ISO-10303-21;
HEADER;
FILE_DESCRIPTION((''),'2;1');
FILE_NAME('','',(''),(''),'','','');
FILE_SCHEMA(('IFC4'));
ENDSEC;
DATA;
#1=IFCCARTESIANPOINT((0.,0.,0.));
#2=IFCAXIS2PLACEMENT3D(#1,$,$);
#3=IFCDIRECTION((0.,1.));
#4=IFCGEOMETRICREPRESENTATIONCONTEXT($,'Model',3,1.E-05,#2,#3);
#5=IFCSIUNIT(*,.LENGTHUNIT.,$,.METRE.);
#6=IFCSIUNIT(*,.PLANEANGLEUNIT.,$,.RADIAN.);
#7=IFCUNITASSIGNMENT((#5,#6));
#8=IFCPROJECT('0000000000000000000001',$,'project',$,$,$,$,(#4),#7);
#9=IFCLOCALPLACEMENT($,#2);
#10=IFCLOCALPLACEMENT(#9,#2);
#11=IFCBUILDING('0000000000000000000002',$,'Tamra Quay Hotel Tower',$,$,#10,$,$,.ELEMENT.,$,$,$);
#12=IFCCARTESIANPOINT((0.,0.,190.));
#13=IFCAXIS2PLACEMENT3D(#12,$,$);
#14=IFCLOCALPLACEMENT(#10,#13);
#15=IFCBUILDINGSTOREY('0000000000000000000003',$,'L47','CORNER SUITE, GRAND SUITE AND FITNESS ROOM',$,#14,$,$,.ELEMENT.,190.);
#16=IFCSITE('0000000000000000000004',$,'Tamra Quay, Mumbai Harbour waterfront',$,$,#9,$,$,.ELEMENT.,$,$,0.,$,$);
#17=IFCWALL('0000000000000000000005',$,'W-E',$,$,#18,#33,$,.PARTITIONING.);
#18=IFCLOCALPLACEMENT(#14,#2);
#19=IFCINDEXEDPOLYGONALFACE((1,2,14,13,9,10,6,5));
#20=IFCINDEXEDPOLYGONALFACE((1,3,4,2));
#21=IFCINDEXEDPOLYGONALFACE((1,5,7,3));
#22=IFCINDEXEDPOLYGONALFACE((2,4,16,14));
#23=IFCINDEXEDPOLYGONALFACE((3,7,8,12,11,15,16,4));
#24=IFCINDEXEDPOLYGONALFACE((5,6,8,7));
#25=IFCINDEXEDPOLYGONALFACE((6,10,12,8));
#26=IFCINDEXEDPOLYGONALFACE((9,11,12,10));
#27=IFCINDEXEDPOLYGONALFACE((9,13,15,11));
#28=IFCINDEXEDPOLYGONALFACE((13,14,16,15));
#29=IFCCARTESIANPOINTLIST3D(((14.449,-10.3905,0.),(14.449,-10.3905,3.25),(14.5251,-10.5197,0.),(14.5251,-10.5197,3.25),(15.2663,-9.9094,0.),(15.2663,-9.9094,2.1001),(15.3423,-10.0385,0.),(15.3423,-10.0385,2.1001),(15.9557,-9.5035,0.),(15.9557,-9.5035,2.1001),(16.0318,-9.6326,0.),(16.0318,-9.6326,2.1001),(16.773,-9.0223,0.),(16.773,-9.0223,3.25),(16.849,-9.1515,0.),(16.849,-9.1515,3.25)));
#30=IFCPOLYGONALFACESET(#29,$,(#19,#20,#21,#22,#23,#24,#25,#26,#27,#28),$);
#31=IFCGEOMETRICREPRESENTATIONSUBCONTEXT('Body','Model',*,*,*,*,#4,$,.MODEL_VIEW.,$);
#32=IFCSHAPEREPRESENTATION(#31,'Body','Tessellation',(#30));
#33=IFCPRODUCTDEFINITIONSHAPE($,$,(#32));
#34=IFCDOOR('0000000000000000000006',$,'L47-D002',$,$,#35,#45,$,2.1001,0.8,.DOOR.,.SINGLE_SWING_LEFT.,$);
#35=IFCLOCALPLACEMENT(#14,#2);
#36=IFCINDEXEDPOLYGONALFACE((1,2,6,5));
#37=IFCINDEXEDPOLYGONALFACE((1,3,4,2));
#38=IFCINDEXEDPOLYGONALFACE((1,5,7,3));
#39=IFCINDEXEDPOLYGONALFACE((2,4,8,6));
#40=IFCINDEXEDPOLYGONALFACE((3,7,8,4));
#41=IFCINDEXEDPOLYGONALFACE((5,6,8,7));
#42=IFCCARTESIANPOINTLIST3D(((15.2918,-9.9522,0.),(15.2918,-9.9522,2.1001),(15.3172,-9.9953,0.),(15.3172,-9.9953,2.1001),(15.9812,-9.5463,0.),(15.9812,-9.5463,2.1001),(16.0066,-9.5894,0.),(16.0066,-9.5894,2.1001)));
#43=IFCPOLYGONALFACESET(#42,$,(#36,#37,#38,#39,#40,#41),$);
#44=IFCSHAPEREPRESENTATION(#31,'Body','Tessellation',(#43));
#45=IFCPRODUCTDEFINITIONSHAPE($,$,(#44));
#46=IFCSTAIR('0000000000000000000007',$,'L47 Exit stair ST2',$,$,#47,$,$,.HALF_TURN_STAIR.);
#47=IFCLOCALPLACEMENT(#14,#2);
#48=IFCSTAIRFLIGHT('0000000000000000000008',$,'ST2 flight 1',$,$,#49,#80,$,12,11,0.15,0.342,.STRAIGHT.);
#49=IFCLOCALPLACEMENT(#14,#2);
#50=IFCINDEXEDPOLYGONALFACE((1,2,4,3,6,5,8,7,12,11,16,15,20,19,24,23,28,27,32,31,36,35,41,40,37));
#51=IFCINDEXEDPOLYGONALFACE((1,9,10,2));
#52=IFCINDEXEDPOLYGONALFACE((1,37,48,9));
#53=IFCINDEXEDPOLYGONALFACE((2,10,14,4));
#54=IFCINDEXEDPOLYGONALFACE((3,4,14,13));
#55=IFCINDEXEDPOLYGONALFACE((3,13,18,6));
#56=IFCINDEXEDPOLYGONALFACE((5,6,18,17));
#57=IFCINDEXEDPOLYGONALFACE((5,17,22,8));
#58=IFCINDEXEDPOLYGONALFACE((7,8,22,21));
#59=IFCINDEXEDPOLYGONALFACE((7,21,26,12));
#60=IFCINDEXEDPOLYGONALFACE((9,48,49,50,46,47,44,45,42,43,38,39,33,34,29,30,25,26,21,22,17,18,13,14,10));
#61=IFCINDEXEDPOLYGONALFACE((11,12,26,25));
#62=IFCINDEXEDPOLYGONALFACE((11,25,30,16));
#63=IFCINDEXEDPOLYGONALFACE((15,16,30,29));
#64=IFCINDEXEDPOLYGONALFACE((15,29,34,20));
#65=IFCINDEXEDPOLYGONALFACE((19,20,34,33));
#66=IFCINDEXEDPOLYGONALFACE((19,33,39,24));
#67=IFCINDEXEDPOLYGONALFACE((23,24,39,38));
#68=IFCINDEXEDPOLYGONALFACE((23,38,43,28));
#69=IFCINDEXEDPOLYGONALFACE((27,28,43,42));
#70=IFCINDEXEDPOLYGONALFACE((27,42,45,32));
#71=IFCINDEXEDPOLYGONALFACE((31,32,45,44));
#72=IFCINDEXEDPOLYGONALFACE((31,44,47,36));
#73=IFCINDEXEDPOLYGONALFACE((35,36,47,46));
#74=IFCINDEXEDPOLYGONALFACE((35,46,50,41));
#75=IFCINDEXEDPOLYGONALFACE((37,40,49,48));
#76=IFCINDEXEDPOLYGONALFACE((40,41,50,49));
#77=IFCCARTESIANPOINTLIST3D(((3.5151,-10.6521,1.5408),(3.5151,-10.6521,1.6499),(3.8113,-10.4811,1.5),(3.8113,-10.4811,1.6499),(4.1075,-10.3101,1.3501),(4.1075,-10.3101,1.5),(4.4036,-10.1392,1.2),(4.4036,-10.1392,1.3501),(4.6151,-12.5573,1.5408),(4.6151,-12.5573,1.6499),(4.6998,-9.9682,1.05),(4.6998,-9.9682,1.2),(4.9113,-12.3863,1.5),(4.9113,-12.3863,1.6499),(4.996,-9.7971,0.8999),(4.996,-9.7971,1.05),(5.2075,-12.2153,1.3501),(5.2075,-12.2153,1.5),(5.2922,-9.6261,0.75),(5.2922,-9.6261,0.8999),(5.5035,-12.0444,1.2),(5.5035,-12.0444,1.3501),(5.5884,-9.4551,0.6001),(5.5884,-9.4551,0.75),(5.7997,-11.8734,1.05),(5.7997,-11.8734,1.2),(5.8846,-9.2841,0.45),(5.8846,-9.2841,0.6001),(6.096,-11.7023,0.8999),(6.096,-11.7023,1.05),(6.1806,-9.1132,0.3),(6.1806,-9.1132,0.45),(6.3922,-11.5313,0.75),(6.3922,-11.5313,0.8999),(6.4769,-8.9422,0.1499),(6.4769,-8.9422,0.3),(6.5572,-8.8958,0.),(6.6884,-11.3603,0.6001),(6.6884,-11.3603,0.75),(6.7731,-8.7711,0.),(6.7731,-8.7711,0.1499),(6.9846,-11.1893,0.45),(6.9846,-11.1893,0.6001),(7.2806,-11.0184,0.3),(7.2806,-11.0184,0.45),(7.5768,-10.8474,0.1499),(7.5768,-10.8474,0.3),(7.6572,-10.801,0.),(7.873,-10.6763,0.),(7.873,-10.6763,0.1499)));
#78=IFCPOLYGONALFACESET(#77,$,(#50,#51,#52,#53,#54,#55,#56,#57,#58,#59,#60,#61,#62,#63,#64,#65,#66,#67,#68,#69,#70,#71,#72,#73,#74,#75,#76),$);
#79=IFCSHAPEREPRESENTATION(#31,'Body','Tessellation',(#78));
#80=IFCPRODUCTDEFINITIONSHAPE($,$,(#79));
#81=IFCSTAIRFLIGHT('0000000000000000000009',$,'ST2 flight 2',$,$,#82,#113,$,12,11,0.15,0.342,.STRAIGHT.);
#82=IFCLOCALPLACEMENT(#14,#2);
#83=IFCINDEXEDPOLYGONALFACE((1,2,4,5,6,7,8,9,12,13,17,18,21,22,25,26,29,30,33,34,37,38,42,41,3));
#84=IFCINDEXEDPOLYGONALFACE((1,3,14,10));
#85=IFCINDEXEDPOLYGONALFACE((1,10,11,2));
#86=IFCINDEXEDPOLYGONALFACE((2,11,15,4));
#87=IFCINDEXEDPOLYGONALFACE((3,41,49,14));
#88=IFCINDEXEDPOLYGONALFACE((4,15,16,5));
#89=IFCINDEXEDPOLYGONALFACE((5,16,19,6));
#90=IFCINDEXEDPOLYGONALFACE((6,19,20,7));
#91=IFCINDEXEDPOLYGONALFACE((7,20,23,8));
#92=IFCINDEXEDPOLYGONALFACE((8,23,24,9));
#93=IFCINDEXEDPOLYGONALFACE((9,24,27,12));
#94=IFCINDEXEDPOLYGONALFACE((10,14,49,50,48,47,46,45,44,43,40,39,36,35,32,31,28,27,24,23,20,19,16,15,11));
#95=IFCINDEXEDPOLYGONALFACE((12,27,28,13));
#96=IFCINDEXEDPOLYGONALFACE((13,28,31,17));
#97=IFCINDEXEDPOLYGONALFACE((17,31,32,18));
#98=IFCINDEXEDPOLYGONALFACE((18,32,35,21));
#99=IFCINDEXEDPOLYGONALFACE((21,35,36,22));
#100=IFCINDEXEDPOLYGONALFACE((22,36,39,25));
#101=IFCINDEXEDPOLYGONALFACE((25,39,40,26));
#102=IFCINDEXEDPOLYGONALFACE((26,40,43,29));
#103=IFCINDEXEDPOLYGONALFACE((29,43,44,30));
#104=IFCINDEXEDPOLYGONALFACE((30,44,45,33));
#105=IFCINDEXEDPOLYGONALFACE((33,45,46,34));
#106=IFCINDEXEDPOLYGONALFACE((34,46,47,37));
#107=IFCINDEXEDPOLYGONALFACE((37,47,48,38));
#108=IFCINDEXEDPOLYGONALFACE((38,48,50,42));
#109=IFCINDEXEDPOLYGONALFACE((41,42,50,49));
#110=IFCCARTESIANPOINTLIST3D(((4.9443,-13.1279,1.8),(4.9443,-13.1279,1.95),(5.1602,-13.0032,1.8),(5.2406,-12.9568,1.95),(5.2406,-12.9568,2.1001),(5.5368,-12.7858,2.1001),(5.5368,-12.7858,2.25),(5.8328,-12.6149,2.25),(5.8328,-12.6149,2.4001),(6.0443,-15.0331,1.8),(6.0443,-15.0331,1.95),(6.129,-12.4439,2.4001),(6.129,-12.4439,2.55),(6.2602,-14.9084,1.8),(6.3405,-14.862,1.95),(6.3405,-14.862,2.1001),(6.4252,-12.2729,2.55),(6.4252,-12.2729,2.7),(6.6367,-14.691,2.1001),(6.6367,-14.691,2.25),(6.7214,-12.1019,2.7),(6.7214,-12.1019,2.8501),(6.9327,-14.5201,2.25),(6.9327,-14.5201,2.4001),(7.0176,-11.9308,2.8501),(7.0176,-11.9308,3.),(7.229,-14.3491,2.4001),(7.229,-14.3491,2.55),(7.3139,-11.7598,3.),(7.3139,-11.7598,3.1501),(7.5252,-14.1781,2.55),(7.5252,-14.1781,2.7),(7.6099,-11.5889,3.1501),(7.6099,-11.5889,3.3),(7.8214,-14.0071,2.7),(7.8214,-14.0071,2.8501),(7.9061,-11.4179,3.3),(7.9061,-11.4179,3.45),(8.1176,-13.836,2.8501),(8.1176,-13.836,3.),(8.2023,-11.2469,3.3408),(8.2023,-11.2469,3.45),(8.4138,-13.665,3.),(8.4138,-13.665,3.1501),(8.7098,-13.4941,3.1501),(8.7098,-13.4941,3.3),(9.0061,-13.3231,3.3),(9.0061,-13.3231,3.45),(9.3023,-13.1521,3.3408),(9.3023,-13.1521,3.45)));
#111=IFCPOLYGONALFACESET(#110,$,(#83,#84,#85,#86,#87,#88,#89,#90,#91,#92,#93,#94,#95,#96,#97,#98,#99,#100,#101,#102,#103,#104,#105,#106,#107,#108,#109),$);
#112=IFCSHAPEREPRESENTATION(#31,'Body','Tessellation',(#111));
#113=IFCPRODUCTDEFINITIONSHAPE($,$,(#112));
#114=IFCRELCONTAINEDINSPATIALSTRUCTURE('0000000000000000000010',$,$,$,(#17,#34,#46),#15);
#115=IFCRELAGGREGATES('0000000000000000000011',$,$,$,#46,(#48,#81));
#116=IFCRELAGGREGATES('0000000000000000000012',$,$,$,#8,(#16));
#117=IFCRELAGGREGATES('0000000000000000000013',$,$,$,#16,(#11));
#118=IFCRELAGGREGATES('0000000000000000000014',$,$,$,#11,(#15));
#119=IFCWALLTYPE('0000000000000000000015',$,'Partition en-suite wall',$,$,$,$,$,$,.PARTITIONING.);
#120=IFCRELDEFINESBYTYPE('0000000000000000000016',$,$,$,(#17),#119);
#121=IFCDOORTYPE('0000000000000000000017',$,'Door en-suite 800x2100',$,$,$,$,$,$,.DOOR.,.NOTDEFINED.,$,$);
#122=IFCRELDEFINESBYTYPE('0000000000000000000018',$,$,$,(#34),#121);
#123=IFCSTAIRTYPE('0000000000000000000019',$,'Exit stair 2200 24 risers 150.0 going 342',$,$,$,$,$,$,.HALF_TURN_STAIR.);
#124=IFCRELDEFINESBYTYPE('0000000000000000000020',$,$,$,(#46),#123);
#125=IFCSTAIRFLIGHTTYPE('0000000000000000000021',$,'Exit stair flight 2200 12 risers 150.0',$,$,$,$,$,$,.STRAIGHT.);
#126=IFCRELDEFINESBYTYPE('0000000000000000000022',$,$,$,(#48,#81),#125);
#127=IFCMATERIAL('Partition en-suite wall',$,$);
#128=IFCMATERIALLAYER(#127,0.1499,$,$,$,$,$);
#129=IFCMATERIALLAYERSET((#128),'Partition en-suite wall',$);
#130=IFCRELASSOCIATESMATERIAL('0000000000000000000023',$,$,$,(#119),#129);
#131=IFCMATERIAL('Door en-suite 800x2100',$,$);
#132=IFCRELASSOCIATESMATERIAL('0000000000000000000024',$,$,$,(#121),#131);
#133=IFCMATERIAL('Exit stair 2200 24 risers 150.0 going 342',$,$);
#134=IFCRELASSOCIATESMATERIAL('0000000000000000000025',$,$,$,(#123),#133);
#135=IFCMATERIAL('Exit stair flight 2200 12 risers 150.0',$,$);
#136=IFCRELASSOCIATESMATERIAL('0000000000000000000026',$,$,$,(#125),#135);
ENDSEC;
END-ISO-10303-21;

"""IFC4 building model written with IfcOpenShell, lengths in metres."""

from ifc_helpers import new_model, si_unit, direction, frame, frame_2d, origin, place, context, subcontext, project, spatial, polyline, rectangle, outline, extrude, material, layer, layer_set, type_object, element, fill, aggregate, save


model = new_model("IFC4")

# Units and contexts
model_context = context("Model", 3, precision=1e-05, world=origin(), true_north=direction((0.0, 1.0)))
body_context = subcontext(model_context, "Body", "Model", "MODEL_VIEW")
ifc_project = project(units=[si_unit("LENGTHUNIT", "METRE"), si_unit("PLANEANGLEUNIT", "RADIAN")], contexts=[model_context])

# Site, building, storey
site_placement = place(None, origin())
site = spatial("IfcSite", under=ifc_project, at=site_placement, Name="Tamra Quay, Mumbai Harbour waterfront", CompositionType="ELEMENT", RefElevation=0.0)
building_placement = place(site_placement, origin())
building = spatial("IfcBuilding", under=site, at=building_placement, Name="Tamra Quay Hotel Tower", CompositionType="ELEMENT")
storey_placement = place(building_placement, frame((0.0, 0.0, 190.0)))
storey = spatial("IfcBuildingStorey", under=building, at=storey_placement, Name="L47", Description="CORNER SUITE, GRAND SUITE AND FITNESS ROOM", CompositionType="ELEMENT", Elevation=190.0)

# Shared definitions
ifc_material_1 = material(Name="Partition en-suite wall")
ifc_layer_1 = layer(ifc_material_1, 0.1499)
ifc_layer_set_1 = layer_set([ifc_layer_1], Name="Partition en-suite wall")
wall_type_1 = type_object("IfcWallType", Name="Partition en-suite wall", PredefinedType="PARTITIONING", material=ifc_layer_set_1)

# Wall, opening, door
wall_1_placement = place(storey_placement, frame((14.4871, -10.4551, 0.0), z_axis=(0.0, 0.0, 1.0), x_axis=(0.861753, 0.507329, 0.0)))
wall_1 = element("IfcWall", 1, at=wall_1_placement, inside=storey, type_object=wall_type_1, Name="W-E", PredefinedType="PARTITIONING", context=body_context, shape_type="SweptSolid", body=[
    extrude(rectangle(XDim=2.6968, YDim=0.1499, at=frame_2d((1.3484, 0.0))), origin(), (0.0, 0.0, 1.0), 3.25),
])
opening_1_placement = place(wall_1_placement, frame((0.9485, 0.0, 0.0)))
opening_1 = element("IfcOpeningElement", 2, at=opening_1_placement, cuts=wall_1, PredefinedType="OPENING", context=body_context, shape_type="SweptSolid", body=[
    extrude(rectangle(XDim=0.8, YDim=2.1001, at=frame_2d((0.3999, 1.05))), frame((0.0, 0.085, 0.0), z_axis=(0.0, -1.0, 0.0), x_axis=(1.0, 0.0, 0.0)), (0.0, 0.0, 1.0), 0.1699),
])
ifc_material_2 = material(Name="Door en-suite 800x2100")
door_type_1 = type_object("IfcDoorType", Name="Door en-suite 800x2100", OperationType="NOTDEFINED", PredefinedType="DOOR", material=ifc_material_2)
door_1_placement = place(opening_1_placement, frame((0.8, 0.0, 0.0), z_axis=(0.0, 0.0, 1.0), x_axis=(-1.0, 0.0, 0.0)))
door_1 = element("IfcDoor", 3, at=door_1_placement, inside=storey, type_object=door_type_1, Name="L47-D002", OperationType="SINGLE_SWING_LEFT", OverallHeight=2.1001, OverallWidth=0.8, PredefinedType="DOOR", context=body_context, shape_type="SweptSolid", body=[
    extrude(rectangle(XDim=0.8, YDim=2.1001, at=frame_2d((0.3999, 1.05))), frame((0.0, 0.0249, 0.0), z_axis=(0.0, -1.0, 0.0), x_axis=(1.0, 0.0, 0.0)), (0.0, 0.0, 1.0), 0.05),
])
fill(opening_1, door_1)

# Stair, stair flights
ifc_material_3 = material(Name="Exit stair 2200 24 risers 150.0 going 342")
stair_type = type_object("IfcStairType", Name="Exit stair 2200 24 risers 150.0 going 342", PredefinedType="HALF_TURN_STAIR", material=ifc_material_3)
stair_placement = place(storey_placement, origin())
stair = element("IfcStair", 4, at=stair_placement, inside=storey, type_object=stair_type, Name="L47 Exit stair ST2", PredefinedType="HALF_TURN_STAIR")
ifc_material_4 = material(Name="Exit stair flight 2200 12 risers 150.0")
stair_flight_type = type_object("IfcStairFlightType", Name="Exit stair flight 2200 12 risers 150.0", PredefinedType="STRAIGHT", material=ifc_material_4)
stair_flight_1_placement = place(storey_placement, frame((7.323, -9.7236, 0.0), z_axis=(0.0, 0.0, 1.0), x_axis=(-0.866025, -0.5, 0.0)))
stair_flight_1 = element("IfcStairFlight", 5, at=stair_flight_1_placement, type_object=stair_flight_type, Name="ST2 flight 1", NumberOfRisers=12, NumberOfTreads=11, PredefinedType="STRAIGHT", RiserHeight=0.15, TreadLength=0.342, context=body_context, shape_type="SweptSolid", body=[
    extrude(outline(polyline([(0.0, 0.0), (0.0, 0.1499), (0.342, 0.1499), (0.342, 0.3), (0.6841, 0.3), (0.6841, 0.45), (1.0259, 0.45), (1.0259, 0.6001), (1.3679, 0.6001), (1.3679, 0.75), (1.71, 0.75), (1.71, 0.8999), (2.052, 0.8999), (2.052, 1.05), (2.394, 1.05), (2.394, 1.2), (2.7361, 1.2), (2.7361, 1.3501), (3.0779, 1.3501), (3.0779, 1.5), (3.4199, 1.5), (3.4199, 1.6499), (3.762, 1.6499), (3.762, 1.8), (3.762, 1.5408), (0.2493, 0.0), (0.0, 0.0)])), frame((0.0, 1.1001, 0.0), z_axis=(0.0, -1.0, 0.0), x_axis=(1.0, 0.0, 0.0)), (0.0, 0.0, 1.0), 2.2),
])
stair_flight_2_placement = place(storey_placement, frame((5.4944, -14.0806, 1.8), z_axis=(0.0, 0.0, 1.0), x_axis=(0.866025, 0.5, 0.0)))
stair_flight_2 = element("IfcStairFlight", 6, at=stair_flight_2_placement, type_object=stair_flight_type, Name="ST2 flight 2", NumberOfRisers=12, NumberOfTreads=11, PredefinedType="STRAIGHT", RiserHeight=0.15, TreadLength=0.342, context=body_context, shape_type="SweptSolid", body=[
    extrude(outline(polyline([(0.0, 0.0), (0.0, 0.1499), (0.342, 0.1499), (0.342, 0.3), (0.6841, 0.3), (0.6841, 0.45), (1.0259, 0.45), (1.0259, 0.6001), (1.3679, 0.6001), (1.3679, 0.75), (1.71, 0.75), (1.71, 0.8999), (2.052, 0.8999), (2.052, 1.05), (2.394, 1.05), (2.394, 1.2), (2.7361, 1.2), (2.7361, 1.3501), (3.0779, 1.3501), (3.0779, 1.5), (3.4199, 1.5), (3.4199, 1.6499), (3.762, 1.6499), (3.762, 1.8), (3.762, 1.5408), (0.2493, 0.0), (0.0, 0.0)])), frame((0.0, 1.1001, 0.0), z_axis=(0.0, -1.0, 0.0), x_axis=(1.0, 0.0, 0.0)), (0.0, 0.0, 1.0), 2.2),
])
aggregate(stair, [stair_flight_1, stair_flight_2])

save(model, "model.ifc")
